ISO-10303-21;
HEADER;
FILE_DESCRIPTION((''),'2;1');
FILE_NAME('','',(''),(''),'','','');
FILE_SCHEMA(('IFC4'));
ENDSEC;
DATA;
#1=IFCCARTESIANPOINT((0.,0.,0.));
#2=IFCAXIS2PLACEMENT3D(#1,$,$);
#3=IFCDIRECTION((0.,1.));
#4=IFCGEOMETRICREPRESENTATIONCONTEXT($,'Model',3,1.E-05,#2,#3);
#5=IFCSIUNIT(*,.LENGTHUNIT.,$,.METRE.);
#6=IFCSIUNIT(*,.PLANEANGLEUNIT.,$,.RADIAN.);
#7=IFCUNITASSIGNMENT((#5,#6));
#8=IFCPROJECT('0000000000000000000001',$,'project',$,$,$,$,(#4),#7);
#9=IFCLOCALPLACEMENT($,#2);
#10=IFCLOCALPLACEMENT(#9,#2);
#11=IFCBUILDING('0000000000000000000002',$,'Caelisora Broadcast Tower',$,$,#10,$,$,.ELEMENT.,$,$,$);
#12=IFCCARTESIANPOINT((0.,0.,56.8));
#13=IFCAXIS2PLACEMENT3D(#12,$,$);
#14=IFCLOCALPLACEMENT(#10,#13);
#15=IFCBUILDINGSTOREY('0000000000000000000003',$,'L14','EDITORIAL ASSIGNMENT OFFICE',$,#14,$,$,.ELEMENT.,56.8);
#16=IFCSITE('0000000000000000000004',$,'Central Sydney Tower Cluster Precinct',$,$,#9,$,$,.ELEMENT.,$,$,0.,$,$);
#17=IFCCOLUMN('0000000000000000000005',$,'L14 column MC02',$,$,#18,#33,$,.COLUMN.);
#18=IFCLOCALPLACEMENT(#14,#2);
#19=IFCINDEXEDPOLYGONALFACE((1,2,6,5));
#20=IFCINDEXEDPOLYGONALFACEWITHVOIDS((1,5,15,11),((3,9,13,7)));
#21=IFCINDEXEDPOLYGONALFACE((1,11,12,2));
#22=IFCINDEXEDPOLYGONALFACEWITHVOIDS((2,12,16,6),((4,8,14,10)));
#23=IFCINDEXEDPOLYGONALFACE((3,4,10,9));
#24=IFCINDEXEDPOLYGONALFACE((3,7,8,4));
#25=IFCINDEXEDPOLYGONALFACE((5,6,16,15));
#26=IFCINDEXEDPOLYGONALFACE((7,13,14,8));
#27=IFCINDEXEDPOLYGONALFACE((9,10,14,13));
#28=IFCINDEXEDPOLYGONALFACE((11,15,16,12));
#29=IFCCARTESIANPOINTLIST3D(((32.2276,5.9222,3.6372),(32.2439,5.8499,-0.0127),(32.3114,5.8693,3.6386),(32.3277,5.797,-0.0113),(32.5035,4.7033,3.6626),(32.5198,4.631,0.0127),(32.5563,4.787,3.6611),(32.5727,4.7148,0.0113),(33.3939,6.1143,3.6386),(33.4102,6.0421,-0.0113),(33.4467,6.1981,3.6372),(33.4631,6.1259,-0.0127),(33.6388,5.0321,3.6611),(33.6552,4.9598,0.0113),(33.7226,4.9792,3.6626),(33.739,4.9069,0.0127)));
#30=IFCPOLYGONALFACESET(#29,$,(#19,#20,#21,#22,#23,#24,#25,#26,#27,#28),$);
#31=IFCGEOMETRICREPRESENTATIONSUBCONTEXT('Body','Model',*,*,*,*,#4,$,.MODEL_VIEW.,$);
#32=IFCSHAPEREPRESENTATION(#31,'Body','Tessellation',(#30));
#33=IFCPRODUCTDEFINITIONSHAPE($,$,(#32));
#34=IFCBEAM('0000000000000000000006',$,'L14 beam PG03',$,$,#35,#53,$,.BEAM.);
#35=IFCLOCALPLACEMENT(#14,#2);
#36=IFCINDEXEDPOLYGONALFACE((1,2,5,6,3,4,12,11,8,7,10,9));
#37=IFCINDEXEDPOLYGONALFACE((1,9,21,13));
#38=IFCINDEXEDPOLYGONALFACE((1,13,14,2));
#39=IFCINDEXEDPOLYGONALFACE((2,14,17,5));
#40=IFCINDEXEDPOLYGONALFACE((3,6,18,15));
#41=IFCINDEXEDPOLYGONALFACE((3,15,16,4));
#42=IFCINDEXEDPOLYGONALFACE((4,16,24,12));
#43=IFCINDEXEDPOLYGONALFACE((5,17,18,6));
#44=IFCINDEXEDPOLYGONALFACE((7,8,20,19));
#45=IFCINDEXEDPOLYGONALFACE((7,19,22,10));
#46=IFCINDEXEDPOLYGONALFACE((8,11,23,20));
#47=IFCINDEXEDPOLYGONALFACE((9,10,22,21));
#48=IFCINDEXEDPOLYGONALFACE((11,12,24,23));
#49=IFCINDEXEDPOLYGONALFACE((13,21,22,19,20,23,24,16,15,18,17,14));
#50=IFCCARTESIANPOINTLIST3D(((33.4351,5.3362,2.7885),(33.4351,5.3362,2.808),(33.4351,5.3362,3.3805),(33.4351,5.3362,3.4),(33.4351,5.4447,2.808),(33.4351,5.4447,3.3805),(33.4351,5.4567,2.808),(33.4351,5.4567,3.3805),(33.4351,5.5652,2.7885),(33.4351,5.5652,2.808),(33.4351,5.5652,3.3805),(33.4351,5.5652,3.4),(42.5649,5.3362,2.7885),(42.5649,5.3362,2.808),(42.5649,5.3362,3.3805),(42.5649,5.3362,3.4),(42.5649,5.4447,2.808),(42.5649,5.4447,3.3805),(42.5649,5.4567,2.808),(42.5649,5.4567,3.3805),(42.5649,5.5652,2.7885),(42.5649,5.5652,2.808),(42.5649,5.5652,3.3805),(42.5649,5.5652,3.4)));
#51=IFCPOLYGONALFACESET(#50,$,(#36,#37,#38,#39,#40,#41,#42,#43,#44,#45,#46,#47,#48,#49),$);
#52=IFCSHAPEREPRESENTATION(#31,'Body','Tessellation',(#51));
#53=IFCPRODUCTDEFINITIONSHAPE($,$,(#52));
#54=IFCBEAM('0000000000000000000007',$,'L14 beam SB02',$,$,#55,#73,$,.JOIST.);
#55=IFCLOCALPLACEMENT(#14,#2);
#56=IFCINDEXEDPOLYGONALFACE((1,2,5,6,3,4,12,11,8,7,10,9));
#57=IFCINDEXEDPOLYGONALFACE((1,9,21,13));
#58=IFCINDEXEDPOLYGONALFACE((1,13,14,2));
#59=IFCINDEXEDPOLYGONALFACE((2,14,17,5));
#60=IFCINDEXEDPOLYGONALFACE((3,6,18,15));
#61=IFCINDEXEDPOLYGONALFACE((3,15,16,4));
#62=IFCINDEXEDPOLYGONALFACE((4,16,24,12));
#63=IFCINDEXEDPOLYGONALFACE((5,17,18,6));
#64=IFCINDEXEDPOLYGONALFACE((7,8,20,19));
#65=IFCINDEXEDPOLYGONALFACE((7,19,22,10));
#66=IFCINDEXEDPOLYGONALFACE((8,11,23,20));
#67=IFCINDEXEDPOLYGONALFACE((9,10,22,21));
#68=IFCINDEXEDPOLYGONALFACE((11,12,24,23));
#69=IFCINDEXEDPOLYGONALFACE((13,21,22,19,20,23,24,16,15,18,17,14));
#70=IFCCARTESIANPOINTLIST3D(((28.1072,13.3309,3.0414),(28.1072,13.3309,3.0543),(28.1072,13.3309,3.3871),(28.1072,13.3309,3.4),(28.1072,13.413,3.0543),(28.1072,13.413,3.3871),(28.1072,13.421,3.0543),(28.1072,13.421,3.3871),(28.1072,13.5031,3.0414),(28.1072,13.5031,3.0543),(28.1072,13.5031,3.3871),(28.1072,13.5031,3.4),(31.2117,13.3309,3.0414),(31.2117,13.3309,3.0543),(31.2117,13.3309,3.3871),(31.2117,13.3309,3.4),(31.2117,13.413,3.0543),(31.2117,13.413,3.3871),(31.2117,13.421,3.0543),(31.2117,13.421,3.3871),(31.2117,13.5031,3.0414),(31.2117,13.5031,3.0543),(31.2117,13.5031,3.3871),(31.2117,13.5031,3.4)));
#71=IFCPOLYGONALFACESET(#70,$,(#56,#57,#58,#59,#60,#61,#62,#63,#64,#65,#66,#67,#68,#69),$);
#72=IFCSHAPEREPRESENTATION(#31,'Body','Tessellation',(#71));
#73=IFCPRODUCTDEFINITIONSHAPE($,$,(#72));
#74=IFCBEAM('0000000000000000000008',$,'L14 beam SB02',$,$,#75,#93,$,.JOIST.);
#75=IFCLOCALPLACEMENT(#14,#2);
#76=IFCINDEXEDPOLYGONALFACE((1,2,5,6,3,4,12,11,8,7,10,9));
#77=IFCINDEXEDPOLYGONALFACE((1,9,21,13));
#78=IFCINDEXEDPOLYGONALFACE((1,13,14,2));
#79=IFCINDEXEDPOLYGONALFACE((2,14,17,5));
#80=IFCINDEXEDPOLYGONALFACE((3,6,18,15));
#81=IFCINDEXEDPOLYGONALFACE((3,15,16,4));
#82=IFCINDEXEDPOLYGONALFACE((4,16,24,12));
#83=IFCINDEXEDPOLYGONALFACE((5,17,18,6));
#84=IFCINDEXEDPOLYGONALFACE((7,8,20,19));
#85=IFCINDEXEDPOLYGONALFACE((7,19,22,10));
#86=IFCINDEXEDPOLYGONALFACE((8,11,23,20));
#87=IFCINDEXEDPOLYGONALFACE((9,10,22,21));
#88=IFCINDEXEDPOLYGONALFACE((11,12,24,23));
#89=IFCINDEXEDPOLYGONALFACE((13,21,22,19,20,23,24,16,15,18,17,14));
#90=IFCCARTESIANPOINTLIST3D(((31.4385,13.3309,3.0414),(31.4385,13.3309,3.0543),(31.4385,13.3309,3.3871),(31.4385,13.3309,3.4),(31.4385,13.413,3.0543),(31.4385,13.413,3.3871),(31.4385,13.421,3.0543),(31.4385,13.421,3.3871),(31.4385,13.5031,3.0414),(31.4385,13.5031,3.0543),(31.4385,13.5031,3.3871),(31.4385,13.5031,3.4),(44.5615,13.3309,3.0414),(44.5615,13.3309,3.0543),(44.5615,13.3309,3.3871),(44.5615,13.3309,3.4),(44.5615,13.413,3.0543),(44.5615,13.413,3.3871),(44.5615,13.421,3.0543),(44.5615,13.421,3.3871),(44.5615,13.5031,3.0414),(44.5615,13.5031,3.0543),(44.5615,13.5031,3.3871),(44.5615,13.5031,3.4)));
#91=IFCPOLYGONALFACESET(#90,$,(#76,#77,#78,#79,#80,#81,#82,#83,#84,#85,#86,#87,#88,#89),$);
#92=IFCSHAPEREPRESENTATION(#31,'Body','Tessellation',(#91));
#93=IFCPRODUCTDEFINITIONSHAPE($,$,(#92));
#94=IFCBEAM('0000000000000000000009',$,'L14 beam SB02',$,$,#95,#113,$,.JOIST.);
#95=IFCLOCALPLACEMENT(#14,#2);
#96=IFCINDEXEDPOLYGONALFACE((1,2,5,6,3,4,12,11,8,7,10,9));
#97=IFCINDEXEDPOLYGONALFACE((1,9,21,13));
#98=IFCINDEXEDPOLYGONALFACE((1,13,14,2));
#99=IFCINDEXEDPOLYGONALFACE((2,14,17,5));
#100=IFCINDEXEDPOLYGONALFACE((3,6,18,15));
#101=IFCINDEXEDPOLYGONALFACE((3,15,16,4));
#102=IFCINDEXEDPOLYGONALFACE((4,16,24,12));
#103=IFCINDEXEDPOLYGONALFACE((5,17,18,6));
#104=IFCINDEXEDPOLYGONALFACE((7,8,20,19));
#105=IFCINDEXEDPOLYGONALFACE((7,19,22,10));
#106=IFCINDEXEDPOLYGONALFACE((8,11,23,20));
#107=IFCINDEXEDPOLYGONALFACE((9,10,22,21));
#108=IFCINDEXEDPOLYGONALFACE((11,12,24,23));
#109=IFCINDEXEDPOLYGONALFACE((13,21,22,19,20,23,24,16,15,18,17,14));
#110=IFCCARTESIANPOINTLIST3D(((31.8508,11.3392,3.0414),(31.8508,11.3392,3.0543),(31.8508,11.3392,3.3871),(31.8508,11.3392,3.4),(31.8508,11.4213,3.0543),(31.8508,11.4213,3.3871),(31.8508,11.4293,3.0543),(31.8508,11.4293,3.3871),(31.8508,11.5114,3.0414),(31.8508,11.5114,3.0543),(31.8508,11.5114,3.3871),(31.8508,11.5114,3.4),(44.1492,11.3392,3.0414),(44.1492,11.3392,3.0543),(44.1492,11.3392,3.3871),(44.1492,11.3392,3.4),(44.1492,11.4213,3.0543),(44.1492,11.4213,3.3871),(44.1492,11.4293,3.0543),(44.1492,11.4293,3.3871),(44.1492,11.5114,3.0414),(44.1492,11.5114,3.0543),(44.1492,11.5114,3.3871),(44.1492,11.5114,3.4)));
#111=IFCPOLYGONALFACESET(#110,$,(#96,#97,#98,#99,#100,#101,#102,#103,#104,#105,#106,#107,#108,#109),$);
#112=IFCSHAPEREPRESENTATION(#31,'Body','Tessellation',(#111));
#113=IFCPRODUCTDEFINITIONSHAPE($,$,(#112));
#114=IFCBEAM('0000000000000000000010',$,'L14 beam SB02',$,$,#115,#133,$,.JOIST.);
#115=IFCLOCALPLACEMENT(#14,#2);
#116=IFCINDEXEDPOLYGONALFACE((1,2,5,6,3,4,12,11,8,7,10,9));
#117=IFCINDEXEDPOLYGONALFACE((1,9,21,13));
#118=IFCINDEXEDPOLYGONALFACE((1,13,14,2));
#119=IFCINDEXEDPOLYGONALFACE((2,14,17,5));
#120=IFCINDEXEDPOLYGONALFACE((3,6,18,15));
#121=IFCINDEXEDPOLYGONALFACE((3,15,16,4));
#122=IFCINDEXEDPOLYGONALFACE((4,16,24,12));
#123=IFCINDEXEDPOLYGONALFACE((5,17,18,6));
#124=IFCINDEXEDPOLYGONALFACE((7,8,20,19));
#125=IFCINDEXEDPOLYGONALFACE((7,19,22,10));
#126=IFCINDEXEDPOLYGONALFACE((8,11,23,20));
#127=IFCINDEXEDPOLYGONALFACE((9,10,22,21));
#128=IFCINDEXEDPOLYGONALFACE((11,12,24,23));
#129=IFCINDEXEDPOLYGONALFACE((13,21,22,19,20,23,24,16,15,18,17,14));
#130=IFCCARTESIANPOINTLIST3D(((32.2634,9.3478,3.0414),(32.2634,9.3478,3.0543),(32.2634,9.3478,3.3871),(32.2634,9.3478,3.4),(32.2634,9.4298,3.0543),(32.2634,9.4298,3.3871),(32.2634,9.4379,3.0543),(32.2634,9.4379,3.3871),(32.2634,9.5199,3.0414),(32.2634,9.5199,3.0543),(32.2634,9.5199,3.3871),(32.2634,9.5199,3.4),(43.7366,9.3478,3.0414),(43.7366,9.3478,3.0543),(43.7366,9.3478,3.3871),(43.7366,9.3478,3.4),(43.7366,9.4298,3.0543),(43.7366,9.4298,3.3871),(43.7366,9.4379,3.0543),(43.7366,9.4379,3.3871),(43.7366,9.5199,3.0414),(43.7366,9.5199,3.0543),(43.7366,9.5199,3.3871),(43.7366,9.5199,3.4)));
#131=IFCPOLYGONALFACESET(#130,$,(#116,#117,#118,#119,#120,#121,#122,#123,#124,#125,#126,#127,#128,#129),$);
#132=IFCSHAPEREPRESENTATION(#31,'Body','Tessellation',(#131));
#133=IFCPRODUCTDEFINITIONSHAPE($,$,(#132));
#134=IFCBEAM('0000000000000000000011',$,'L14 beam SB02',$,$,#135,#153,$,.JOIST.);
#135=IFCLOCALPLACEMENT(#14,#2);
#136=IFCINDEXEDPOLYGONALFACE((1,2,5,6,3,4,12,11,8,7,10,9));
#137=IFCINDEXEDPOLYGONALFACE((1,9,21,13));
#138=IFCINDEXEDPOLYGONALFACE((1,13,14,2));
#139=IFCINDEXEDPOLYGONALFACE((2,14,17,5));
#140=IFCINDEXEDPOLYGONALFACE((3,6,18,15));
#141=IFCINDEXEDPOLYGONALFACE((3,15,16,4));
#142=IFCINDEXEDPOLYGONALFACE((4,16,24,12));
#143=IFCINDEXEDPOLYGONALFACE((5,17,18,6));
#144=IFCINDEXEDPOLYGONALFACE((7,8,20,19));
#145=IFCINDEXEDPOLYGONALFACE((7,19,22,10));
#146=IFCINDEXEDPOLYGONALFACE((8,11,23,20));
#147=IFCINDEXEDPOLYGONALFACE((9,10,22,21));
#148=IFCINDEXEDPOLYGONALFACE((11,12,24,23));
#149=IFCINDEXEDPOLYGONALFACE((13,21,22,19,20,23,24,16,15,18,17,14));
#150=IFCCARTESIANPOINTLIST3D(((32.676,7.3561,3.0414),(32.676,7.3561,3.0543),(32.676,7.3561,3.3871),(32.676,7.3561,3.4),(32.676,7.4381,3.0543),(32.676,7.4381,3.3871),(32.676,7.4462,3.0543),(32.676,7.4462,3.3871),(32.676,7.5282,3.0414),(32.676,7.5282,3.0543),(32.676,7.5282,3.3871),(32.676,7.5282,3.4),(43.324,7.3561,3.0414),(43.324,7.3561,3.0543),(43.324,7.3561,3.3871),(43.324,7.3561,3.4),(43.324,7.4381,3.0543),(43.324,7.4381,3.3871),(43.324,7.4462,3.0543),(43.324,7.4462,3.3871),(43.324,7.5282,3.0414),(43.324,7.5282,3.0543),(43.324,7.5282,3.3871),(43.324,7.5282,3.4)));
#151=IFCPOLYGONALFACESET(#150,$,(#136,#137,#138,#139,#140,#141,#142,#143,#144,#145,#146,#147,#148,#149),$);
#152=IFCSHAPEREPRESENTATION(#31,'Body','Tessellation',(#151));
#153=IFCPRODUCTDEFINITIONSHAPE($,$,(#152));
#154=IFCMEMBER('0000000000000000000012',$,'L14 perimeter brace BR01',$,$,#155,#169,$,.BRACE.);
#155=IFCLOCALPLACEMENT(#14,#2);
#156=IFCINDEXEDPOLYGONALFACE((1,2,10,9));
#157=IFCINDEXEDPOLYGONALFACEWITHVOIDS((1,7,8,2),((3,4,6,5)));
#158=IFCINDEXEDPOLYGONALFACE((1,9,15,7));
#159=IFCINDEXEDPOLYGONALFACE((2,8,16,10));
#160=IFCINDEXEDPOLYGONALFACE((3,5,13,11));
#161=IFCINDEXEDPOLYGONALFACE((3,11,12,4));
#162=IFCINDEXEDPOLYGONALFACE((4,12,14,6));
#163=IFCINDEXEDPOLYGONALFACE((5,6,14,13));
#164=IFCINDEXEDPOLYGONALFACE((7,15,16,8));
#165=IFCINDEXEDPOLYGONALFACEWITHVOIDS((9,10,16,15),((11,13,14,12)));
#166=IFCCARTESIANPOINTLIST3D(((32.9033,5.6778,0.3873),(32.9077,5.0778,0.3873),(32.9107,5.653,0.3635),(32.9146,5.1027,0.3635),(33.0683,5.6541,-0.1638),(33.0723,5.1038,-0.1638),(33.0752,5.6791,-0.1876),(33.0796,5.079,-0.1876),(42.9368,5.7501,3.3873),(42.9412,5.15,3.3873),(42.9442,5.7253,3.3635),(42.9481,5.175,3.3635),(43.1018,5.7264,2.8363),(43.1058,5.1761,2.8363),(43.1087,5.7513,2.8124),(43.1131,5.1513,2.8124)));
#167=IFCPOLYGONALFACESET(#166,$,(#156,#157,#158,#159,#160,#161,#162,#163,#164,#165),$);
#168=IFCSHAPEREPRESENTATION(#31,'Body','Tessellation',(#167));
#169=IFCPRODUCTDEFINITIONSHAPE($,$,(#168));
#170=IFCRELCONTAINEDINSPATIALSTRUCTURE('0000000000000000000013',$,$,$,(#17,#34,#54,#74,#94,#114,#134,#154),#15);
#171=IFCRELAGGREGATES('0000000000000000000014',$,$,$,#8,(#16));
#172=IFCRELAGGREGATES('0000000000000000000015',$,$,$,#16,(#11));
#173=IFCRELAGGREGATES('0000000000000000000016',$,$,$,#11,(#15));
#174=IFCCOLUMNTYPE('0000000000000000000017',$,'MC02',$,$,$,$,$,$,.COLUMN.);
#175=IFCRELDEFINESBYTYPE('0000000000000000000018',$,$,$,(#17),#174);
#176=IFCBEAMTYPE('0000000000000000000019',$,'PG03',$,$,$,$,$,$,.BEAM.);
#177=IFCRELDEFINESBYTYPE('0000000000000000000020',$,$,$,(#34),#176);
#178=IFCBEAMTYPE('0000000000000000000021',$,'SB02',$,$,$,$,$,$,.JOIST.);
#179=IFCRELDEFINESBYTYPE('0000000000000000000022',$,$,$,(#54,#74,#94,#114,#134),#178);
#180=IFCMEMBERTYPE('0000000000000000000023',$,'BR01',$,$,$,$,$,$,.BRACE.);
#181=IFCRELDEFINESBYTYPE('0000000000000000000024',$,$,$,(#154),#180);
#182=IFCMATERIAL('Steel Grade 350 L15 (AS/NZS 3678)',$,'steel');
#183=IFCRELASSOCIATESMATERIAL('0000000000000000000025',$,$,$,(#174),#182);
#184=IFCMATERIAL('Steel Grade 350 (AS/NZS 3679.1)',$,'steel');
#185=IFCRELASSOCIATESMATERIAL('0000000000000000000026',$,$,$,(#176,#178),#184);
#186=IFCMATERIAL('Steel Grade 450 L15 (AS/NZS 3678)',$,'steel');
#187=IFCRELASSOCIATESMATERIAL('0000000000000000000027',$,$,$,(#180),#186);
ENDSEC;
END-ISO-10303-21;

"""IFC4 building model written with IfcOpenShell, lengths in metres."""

from ifc_helpers import new_model, si_unit, direction, frame, origin, origin_2d, place, context, subcontext, project, spatial, hollow_rectangle, i_section, extrude, source, transform, mapped, material, material_profile, profile_set, type_object, type_shapes, element, save


model = new_model("IFC4")

# Units and contexts
model_context = context("Model", 3, precision=1e-05, world=origin(), true_north=direction((0.0, 1.0)))
body_context = subcontext(model_context, "Body", "Model", "MODEL_VIEW")
ifc_project = project(units=[si_unit("LENGTHUNIT", "METRE"), si_unit("PLANEANGLEUNIT", "RADIAN")], contexts=[model_context])

# Site, building, storey
site_placement = place(None, origin())
site = spatial("IfcSite", under=ifc_project, at=site_placement, Name="Central Sydney Tower Cluster Precinct", CompositionType="ELEMENT", RefElevation=0.0)
building_placement = place(site_placement, origin())
building = spatial("IfcBuilding", under=site, at=building_placement, Name="Caelisora Broadcast Tower", CompositionType="ELEMENT")
storey_placement = place(building_placement, frame((0.0, 0.0, 56.8)))
storey = spatial("IfcBuildingStorey", under=building, at=storey_placement, Name="L14", Description="EDITORIAL ASSIGNMENT OFFICE", CompositionType="ELEMENT", Elevation=56.8)

# Column
ifc_material_1 = material(Name="Steel Grade 350 L15 (AS/NZS 3678)", Category="steel")
ifc_material_profile_1 = material_profile(ifc_material_1, hollow_rectangle(XDim=1.25, YDim=1.25, WallThickness=0.0701, at=origin_2d()), Name="Steel Grade 350 L15 (AS/NZS 3678)")
ifc_profile_set_1 = profile_set([ifc_material_profile_1], Name="Steel Grade 350 L15 (AS/NZS 3678)")
column_type = type_object("IfcColumnType", Name="MC02", PredefinedType="COLUMN", material=ifc_profile_set_1)
shared_shape_1 = source(origin(), body_context, "Body", "SweptSolid", [
    extrude(hollow_rectangle(XDim=1.25, YDim=1.25, WallThickness=0.0701, at=origin_2d()), origin(), (0.0, 0.0, 1.0), 3.6506),
])
type_shapes(column_type, [shared_shape_1])
column_placement = place(storey_placement, frame((32.9915, 5.3784, 0.0), z_axis=(-0.004481, 0.019795, 0.999794), x_axis=(-0.975327, -0.220767, 0.0)))
element("IfcColumn", 1, at=column_placement, inside=storey, type_object=column_type, Name="L14 column MC02", PredefinedType="COLUMN", context=body_context, shape_type="MappedRepresentation", body=[
    mapped(shared_shape_1, transform((0.0, 0.0, 0.0), scale=1.0)),
])

# Beams
ifc_material_2 = material(Name="Steel Grade 350 (AS/NZS 3679.1)", Category="steel")
ifc_material_profile_2 = material_profile(ifc_material_2, i_section(OverallWidth=0.229, OverallDepth=0.6116, WebThickness=0.012, FlangeThickness=0.0195, at=origin_2d()), Name="Steel Grade 350 (AS/NZS 3679.1)")
ifc_profile_set_2 = profile_set([ifc_material_profile_2], Name="Steel Grade 350 (AS/NZS 3679.1)")
beam_type_1 = type_object("IfcBeamType", Name="PG03", PredefinedType="BEAM", material=ifc_profile_set_2)
shared_shape_2 = source(origin(), body_context, "Body", "SweptSolid", [
    extrude(i_section(OverallWidth=0.229, OverallDepth=0.6116, WebThickness=0.012, FlangeThickness=0.0195, at=origin_2d()), origin(), (0.0, 0.0, 1.0), 9.1299),
])
type_shapes(beam_type_1, [shared_shape_2])
beam_1_placement = place(storey_placement, frame((33.4351, 5.4507, 3.0942), z_axis=(1.0, 0.0, 0.0), x_axis=(0.0, 1.0, 0.0)))
element("IfcBeam", 2, at=beam_1_placement, inside=storey, type_object=beam_type_1, Name="L14 beam PG03", PredefinedType="BEAM", context=body_context, shape_type="MappedRepresentation", body=[
    mapped(shared_shape_2, transform((0.0, 0.0, 0.0), scale=1.0)),
])
ifc_material_profile_3 = material_profile(ifc_material_2, i_section(OverallWidth=0.1721, OverallDepth=0.3586, WebThickness=0.0081, FlangeThickness=0.0129, at=origin_2d()), Name="Steel Grade 350 (AS/NZS 3679.1)")
ifc_profile_set_3 = profile_set([ifc_material_profile_3], Name="Steel Grade 350 (AS/NZS 3679.1)")
beam_type_2 = type_object("IfcBeamType", Name="SB02", PredefinedType="JOIST", material=ifc_profile_set_3)
shared_shape_3 = source(origin(), body_context, "Body", "SweptSolid", [
    extrude(i_section(OverallWidth=0.1721, OverallDepth=0.3586, WebThickness=0.0081, FlangeThickness=0.0129, at=origin_2d()), origin(), (0.0, 0.0, 1.0), 3.1045),
])
beam_2_placement = place(storey_placement, frame((28.1072, 13.417, 3.2207), z_axis=(1.0, 0.0, 0.0), x_axis=(0.0, 1.0, 0.0)))
element("IfcBeam", 3, at=beam_2_placement, inside=storey, type_object=beam_type_2, Name="L14 beam SB02", PredefinedType="JOIST", context=body_context, shape_type="MappedRepresentation", body=[
    mapped(shared_shape_3, transform((0.0, 0.0, 0.0), scale=1.0)),
])
shared_shape_4 = source(origin(), body_context, "Body", "SweptSolid", [
    extrude(i_section(OverallWidth=0.1721, OverallDepth=0.3586, WebThickness=0.0081, FlangeThickness=0.0129, at=origin_2d()), origin(), (0.0, 0.0, 1.0), 13.123),
])
beam_3_placement = place(storey_placement, frame((31.4385, 13.417, 3.2207), z_axis=(1.0, 0.0, 0.0), x_axis=(0.0, 1.0, 0.0)))
element("IfcBeam", 4, at=beam_3_placement, inside=storey, type_object=beam_type_2, Name="L14 beam SB02", PredefinedType="JOIST", context=body_context, shape_type="MappedRepresentation", body=[
    mapped(shared_shape_4, transform((0.0, 0.0, 0.0), scale=1.0)),
])
shared_shape_5 = source(origin(), body_context, "Body", "SweptSolid", [
    extrude(i_section(OverallWidth=0.1721, OverallDepth=0.3586, WebThickness=0.0081, FlangeThickness=0.0129, at=origin_2d()), origin(), (0.0, 0.0, 1.0), 12.2983),
])
beam_4_placement = place(storey_placement, frame((31.8508, 11.4253, 3.2207), z_axis=(1.0, 0.0, 0.0), x_axis=(0.0, 1.0, 0.0)))
element("IfcBeam", 5, at=beam_4_placement, inside=storey, type_object=beam_type_2, Name="L14 beam SB02", PredefinedType="JOIST", context=body_context, shape_type="MappedRepresentation", body=[
    mapped(shared_shape_5, transform((0.0, 0.0, 0.0), scale=1.0)),
])
shared_shape_6 = source(origin(), body_context, "Body", "SweptSolid", [
    extrude(i_section(OverallWidth=0.1721, OverallDepth=0.3586, WebThickness=0.0081, FlangeThickness=0.0129, at=origin_2d()), origin(), (0.0, 0.0, 1.0), 11.4731),
])
beam_5_placement = place(storey_placement, frame((32.2634, 9.4338, 3.2207), z_axis=(1.0, 0.0, 0.0), x_axis=(0.0, 1.0, 0.0)))
element("IfcBeam", 6, at=beam_5_placement, inside=storey, type_object=beam_type_2, Name="L14 beam SB02", PredefinedType="JOIST", context=body_context, shape_type="MappedRepresentation", body=[
    mapped(shared_shape_6, transform((0.0, 0.0, 0.0), scale=1.0)),
])
shared_shape_7 = source(origin(), body_context, "Body", "SweptSolid", [
    extrude(i_section(OverallWidth=0.1721, OverallDepth=0.3586, WebThickness=0.0081, FlangeThickness=0.0129, at=origin_2d()), origin(), (0.0, 0.0, 1.0), 10.6479),
])
type_shapes(beam_type_2, [shared_shape_3, shared_shape_4, shared_shape_5, shared_shape_6, shared_shape_7])
beam_6_placement = place(storey_placement, frame((32.676, 7.4421, 3.2207), z_axis=(1.0, 0.0, 0.0), x_axis=(0.0, 1.0, 0.0)))
element("IfcBeam", 7, at=beam_6_placement, inside=storey, type_object=beam_type_2, Name="L14 beam SB02", PredefinedType="JOIST", context=body_context, shape_type="MappedRepresentation", body=[
    mapped(shared_shape_7, transform((0.0, 0.0, 0.0), scale=1.0)),
])

# Member
ifc_material_3 = material(Name="Steel Grade 450 L15 (AS/NZS 3678)", Category="steel")
ifc_material_profile_4 = material_profile(ifc_material_3, hollow_rectangle(XDim=0.6001, YDim=0.6001, WallThickness=0.0249, at=origin_2d()), Name="Steel Grade 450 L15 (AS/NZS 3678)")
ifc_profile_set_4 = profile_set([ifc_material_profile_4], Name="Steel Grade 450 L15 (AS/NZS 3678)")
member_type_1 = type_object("IfcMemberType", Name="BR01", PredefinedType="BRACE", material=ifc_profile_set_4)
shared_shape_8 = source(origin(), body_context, "Body", "SweptSolid", [
    extrude(hollow_rectangle(XDim=0.6001, YDim=0.6001, WallThickness=0.0249, at=origin_2d()), origin(), (0.0, 0.0, 1.0), 10.4727),
])
type_shapes(member_type_1, [shared_shape_8])
member_1_placement = place(storey_placement, frame((32.9915, 5.3784, 0.0999), z_axis=(0.958067, 0.0069, 0.286462), x_axis=(-0.007202, 0.999974, 0.0)))
element("IfcMember", 8, at=member_1_placement, inside=storey, type_object=member_type_1, Name="L14 perimeter brace BR01", PredefinedType="BRACE", context=body_context, shape_type="MappedRepresentation", body=[
    mapped(shared_shape_8, transform((0.0, 0.0, 0.0), scale=1.0)),
])

save(model, "model.ifc")
